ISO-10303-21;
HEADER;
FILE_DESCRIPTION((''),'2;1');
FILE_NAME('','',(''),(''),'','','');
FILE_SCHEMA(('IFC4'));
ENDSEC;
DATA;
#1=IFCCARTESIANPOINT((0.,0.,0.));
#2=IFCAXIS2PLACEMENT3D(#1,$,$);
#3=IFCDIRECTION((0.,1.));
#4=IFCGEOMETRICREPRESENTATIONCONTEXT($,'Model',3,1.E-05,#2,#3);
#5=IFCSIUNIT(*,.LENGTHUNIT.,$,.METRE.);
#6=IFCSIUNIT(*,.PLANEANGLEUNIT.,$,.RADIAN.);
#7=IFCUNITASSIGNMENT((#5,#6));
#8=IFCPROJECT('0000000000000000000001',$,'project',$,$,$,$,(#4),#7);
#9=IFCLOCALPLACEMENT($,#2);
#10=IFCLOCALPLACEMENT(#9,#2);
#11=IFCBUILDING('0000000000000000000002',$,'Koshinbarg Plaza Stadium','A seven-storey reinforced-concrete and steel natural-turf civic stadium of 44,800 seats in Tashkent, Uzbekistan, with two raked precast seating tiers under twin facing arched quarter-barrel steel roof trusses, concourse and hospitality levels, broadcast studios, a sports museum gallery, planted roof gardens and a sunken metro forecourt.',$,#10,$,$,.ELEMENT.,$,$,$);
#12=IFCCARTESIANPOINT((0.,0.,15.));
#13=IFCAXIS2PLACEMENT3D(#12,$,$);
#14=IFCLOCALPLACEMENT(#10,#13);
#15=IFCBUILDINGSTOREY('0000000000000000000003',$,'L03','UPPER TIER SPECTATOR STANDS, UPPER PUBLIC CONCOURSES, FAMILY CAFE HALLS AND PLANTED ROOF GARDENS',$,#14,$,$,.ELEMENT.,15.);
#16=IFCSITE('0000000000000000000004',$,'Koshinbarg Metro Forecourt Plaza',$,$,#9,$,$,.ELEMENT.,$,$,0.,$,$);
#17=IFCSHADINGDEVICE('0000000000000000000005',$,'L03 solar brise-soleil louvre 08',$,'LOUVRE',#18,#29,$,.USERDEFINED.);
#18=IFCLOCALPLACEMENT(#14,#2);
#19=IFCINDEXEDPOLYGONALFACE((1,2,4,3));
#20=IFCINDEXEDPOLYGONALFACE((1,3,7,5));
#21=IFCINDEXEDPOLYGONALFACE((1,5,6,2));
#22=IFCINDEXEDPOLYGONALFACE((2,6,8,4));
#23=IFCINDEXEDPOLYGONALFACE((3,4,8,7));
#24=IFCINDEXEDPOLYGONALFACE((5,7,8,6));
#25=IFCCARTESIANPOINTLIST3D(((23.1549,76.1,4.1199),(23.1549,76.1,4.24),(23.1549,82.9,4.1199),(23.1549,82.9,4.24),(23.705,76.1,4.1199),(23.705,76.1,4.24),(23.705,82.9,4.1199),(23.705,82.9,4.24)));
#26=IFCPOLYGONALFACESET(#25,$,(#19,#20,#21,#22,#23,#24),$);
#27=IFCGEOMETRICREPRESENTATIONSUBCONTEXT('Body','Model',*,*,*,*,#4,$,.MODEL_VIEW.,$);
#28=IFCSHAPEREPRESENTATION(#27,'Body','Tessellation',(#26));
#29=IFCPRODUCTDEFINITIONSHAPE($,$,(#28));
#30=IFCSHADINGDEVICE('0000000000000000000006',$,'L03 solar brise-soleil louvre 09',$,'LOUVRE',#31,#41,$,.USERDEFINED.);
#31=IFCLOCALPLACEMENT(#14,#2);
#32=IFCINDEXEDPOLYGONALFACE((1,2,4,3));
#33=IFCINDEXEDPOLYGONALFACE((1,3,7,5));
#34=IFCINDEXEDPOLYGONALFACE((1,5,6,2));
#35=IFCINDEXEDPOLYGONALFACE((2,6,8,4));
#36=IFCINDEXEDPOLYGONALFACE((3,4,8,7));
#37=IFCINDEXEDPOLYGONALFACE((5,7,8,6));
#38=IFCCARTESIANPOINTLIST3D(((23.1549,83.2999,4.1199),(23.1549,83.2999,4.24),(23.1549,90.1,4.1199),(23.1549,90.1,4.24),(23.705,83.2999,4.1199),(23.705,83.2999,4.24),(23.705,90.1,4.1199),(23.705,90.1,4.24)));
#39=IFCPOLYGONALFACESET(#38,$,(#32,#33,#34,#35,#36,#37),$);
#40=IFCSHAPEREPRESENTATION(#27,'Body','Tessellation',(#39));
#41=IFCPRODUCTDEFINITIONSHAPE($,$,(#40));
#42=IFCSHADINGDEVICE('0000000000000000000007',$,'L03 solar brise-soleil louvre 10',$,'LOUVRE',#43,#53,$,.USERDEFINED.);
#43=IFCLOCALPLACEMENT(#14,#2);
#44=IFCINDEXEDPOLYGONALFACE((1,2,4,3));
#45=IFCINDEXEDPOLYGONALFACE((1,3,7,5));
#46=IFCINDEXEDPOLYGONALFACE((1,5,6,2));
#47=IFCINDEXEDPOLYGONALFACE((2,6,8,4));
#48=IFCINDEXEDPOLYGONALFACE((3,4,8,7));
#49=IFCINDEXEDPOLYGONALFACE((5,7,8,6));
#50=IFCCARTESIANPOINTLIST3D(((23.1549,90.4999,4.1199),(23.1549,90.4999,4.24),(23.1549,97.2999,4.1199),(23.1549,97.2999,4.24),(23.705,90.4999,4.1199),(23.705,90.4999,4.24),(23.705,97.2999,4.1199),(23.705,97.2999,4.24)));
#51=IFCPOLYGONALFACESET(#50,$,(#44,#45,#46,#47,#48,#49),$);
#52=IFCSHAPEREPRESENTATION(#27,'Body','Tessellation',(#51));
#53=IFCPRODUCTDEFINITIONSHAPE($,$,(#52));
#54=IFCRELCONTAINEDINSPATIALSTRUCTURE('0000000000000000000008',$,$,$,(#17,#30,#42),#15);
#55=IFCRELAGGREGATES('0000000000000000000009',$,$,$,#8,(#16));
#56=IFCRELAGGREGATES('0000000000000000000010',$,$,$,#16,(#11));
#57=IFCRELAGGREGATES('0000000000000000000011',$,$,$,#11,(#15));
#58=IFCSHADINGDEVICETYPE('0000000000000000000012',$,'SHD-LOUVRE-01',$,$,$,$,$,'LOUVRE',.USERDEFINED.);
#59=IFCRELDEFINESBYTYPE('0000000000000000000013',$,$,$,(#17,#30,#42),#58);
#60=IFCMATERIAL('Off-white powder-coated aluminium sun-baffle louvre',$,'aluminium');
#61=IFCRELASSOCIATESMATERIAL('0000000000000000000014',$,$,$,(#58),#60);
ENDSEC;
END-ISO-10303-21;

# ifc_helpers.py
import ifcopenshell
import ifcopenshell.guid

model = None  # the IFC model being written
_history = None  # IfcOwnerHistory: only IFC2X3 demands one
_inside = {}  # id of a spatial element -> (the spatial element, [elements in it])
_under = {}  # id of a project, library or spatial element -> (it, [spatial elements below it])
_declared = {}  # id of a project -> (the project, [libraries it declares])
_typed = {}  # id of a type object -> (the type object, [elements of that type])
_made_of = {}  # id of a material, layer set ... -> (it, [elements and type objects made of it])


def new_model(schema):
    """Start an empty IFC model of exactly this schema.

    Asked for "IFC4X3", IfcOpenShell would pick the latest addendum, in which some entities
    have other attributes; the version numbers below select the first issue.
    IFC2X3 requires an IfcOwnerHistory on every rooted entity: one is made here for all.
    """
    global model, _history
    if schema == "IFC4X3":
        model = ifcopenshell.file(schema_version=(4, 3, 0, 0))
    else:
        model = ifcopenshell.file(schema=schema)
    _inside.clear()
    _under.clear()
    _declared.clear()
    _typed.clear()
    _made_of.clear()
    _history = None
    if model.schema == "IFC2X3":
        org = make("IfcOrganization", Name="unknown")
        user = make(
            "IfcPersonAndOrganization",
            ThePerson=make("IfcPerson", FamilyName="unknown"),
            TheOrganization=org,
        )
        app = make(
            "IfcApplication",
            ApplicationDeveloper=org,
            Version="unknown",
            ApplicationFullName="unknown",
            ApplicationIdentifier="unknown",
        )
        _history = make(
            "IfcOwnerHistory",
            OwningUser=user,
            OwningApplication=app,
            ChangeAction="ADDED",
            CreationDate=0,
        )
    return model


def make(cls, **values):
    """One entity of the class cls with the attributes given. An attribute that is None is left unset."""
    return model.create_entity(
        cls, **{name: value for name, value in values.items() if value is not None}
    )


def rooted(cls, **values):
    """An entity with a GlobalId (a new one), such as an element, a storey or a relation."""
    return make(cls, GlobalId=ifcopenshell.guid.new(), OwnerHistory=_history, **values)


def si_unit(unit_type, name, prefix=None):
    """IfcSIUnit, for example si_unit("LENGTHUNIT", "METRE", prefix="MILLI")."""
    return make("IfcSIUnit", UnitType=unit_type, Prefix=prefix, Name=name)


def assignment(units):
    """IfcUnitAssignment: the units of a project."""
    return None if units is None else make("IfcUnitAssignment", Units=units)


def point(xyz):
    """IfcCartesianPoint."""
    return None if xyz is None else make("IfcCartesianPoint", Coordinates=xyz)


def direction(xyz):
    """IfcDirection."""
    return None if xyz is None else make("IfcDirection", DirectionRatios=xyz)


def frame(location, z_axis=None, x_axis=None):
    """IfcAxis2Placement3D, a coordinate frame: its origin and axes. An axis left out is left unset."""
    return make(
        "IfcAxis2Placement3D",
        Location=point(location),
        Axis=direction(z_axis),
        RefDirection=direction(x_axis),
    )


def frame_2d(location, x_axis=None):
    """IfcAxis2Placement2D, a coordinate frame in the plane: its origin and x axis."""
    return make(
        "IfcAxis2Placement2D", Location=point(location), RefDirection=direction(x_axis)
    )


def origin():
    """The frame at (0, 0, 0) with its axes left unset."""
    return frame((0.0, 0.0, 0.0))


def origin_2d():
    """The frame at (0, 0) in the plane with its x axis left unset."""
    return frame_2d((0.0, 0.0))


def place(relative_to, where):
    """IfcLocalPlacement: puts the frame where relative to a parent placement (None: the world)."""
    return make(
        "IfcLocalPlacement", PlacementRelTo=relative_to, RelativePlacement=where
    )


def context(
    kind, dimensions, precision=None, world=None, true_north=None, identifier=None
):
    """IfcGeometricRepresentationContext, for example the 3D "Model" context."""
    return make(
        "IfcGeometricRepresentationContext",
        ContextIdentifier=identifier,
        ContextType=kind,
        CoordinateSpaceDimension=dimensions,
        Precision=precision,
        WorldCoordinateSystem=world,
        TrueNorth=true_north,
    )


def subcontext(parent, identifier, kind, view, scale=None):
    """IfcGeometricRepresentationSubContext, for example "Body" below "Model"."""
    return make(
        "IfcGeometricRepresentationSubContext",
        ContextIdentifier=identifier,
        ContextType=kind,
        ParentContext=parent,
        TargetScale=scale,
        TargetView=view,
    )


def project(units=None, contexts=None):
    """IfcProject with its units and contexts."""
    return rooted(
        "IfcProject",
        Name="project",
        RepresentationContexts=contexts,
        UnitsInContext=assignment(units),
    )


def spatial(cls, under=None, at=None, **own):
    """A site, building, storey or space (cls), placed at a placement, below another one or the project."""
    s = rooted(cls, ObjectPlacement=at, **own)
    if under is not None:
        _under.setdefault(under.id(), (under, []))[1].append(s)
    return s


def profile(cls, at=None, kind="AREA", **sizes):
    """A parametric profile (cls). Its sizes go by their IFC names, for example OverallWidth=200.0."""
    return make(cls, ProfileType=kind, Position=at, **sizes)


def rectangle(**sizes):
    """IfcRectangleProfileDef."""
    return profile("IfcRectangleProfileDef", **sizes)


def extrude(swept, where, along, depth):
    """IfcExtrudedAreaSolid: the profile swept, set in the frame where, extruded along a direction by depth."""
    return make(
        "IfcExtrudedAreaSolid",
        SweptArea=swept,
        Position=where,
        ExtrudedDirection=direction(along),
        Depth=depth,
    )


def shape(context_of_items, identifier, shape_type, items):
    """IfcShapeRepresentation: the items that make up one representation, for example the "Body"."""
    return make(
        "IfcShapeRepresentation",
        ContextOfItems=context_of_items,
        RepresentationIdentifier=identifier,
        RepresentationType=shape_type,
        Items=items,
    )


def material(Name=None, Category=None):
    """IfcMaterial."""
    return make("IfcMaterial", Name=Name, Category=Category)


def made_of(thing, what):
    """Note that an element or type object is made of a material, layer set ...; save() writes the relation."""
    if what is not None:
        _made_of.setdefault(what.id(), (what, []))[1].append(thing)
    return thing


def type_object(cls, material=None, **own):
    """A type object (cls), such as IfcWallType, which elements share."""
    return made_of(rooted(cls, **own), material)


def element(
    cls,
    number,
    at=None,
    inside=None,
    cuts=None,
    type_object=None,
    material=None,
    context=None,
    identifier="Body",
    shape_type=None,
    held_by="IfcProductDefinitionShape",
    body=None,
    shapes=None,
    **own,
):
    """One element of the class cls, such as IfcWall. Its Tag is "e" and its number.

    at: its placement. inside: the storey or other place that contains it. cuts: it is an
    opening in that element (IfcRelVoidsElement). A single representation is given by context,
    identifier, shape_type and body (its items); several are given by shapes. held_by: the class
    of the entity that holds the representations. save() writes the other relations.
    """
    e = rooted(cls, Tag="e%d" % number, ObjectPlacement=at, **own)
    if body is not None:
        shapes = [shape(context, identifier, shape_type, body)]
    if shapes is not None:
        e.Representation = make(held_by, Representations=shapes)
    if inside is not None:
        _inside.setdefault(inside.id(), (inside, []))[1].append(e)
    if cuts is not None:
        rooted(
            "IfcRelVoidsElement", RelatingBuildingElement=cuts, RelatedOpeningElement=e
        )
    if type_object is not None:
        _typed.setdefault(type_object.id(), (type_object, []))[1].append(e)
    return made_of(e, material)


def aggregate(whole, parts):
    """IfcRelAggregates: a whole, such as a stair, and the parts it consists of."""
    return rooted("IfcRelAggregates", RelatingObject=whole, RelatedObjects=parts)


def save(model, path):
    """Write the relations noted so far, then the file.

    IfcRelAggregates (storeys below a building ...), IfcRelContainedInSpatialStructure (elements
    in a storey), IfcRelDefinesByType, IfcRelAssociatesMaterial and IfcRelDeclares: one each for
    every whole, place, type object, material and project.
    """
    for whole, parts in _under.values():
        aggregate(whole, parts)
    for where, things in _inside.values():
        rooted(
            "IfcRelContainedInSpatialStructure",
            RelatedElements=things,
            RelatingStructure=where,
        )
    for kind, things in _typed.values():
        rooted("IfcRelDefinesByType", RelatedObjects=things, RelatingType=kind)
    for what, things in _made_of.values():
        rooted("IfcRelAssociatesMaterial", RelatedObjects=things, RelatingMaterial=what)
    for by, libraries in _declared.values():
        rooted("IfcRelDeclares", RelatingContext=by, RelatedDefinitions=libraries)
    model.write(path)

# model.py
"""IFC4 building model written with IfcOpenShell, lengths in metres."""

from ifc_helpers import new_model, si_unit, direction, frame, origin, origin_2d, place, context, subcontext, project, spatial, rectangle, extrude, material, type_object, element, save


model = new_model("IFC4")

# Units and contexts
model_context = context("Model", 3, precision=1e-05, world=origin(), true_north=direction((0.0, 1.0)))
body_context = subcontext(model_context, "Body", "Model", "MODEL_VIEW")
ifc_project = project(units=[si_unit("LENGTHUNIT", "METRE"), si_unit("PLANEANGLEUNIT", "RADIAN")], contexts=[model_context])

# Site, building, storey
site_placement = place(None, origin())
site = spatial("IfcSite", under=ifc_project, at=site_placement, Name="Koshinbarg Metro Forecourt Plaza", CompositionType="ELEMENT", RefElevation=0.0)
building_placement = place(site_placement, origin())
building = spatial("IfcBuilding", under=site, at=building_placement, Name="Koshinbarg Plaza Stadium", Description="A seven-storey reinforced-concrete and steel natural-turf civic stadium of 44,800 seats in Tashkent, Uzbekistan, with two raked precast seating tiers under twin facing arched quarter-barrel steel roof trusses, concourse and hospitality levels, broadcast studios, a sports museum gallery, planted roof gardens and a sunken metro forecourt.", CompositionType="ELEMENT")
storey_placement = place(building_placement, frame((0.0, 0.0, 15.0)))
storey = spatial("IfcBuildingStorey", under=building, at=storey_placement, Name="L03", Description="UPPER TIER SPECTATOR STANDS, UPPER PUBLIC CONCOURSES, FAMILY CAFE HALLS AND PLANTED ROOF GARDENS", CompositionType="ELEMENT", Elevation=15.0)

# Shading devices
ifc_material_1 = material(Name="Off-white powder-coated aluminium sun-baffle louvre", Category="aluminium")
shading_device_type = type_object("IfcShadingDeviceType", Name="SHD-LOUVRE-01", ElementType="LOUVRE", PredefinedType="USERDEFINED", material=ifc_material_1)
for number, where, z_axis, x_axis, name in (
    (1, (23.4299, 79.5, 4.1199), (0.0, 0.0, 1.0), (1.0, 0.0, 0.0), "L03 solar brise-soleil louvre 08"),
    (2, (23.4299, 86.7, 4.1199), (0.0, 0.0, 1.0), (1.0, 0.0, 0.0), "L03 solar brise-soleil louvre 09"),
    (3, (23.4299, 93.8999, 4.1199), (0.0, 0.0, 1.0), (1.0, 0.0, 0.0), "L03 solar brise-soleil louvre 10"),
):
    element("IfcShadingDevice", number, at=place(storey_placement, frame(where, z_axis=z_axis, x_axis=x_axis)), inside=storey, type_object=shading_device_type, Name=name, ObjectType="LOUVRE", PredefinedType="USERDEFINED", context=body_context, shape_type="SweptSolid", body=[
        extrude(rectangle(XDim=0.55, YDim=6.8, at=origin_2d()), origin(), (0.0, 0.0, 1.0), 0.1201),
    ])

save(model, "model.ifc")
